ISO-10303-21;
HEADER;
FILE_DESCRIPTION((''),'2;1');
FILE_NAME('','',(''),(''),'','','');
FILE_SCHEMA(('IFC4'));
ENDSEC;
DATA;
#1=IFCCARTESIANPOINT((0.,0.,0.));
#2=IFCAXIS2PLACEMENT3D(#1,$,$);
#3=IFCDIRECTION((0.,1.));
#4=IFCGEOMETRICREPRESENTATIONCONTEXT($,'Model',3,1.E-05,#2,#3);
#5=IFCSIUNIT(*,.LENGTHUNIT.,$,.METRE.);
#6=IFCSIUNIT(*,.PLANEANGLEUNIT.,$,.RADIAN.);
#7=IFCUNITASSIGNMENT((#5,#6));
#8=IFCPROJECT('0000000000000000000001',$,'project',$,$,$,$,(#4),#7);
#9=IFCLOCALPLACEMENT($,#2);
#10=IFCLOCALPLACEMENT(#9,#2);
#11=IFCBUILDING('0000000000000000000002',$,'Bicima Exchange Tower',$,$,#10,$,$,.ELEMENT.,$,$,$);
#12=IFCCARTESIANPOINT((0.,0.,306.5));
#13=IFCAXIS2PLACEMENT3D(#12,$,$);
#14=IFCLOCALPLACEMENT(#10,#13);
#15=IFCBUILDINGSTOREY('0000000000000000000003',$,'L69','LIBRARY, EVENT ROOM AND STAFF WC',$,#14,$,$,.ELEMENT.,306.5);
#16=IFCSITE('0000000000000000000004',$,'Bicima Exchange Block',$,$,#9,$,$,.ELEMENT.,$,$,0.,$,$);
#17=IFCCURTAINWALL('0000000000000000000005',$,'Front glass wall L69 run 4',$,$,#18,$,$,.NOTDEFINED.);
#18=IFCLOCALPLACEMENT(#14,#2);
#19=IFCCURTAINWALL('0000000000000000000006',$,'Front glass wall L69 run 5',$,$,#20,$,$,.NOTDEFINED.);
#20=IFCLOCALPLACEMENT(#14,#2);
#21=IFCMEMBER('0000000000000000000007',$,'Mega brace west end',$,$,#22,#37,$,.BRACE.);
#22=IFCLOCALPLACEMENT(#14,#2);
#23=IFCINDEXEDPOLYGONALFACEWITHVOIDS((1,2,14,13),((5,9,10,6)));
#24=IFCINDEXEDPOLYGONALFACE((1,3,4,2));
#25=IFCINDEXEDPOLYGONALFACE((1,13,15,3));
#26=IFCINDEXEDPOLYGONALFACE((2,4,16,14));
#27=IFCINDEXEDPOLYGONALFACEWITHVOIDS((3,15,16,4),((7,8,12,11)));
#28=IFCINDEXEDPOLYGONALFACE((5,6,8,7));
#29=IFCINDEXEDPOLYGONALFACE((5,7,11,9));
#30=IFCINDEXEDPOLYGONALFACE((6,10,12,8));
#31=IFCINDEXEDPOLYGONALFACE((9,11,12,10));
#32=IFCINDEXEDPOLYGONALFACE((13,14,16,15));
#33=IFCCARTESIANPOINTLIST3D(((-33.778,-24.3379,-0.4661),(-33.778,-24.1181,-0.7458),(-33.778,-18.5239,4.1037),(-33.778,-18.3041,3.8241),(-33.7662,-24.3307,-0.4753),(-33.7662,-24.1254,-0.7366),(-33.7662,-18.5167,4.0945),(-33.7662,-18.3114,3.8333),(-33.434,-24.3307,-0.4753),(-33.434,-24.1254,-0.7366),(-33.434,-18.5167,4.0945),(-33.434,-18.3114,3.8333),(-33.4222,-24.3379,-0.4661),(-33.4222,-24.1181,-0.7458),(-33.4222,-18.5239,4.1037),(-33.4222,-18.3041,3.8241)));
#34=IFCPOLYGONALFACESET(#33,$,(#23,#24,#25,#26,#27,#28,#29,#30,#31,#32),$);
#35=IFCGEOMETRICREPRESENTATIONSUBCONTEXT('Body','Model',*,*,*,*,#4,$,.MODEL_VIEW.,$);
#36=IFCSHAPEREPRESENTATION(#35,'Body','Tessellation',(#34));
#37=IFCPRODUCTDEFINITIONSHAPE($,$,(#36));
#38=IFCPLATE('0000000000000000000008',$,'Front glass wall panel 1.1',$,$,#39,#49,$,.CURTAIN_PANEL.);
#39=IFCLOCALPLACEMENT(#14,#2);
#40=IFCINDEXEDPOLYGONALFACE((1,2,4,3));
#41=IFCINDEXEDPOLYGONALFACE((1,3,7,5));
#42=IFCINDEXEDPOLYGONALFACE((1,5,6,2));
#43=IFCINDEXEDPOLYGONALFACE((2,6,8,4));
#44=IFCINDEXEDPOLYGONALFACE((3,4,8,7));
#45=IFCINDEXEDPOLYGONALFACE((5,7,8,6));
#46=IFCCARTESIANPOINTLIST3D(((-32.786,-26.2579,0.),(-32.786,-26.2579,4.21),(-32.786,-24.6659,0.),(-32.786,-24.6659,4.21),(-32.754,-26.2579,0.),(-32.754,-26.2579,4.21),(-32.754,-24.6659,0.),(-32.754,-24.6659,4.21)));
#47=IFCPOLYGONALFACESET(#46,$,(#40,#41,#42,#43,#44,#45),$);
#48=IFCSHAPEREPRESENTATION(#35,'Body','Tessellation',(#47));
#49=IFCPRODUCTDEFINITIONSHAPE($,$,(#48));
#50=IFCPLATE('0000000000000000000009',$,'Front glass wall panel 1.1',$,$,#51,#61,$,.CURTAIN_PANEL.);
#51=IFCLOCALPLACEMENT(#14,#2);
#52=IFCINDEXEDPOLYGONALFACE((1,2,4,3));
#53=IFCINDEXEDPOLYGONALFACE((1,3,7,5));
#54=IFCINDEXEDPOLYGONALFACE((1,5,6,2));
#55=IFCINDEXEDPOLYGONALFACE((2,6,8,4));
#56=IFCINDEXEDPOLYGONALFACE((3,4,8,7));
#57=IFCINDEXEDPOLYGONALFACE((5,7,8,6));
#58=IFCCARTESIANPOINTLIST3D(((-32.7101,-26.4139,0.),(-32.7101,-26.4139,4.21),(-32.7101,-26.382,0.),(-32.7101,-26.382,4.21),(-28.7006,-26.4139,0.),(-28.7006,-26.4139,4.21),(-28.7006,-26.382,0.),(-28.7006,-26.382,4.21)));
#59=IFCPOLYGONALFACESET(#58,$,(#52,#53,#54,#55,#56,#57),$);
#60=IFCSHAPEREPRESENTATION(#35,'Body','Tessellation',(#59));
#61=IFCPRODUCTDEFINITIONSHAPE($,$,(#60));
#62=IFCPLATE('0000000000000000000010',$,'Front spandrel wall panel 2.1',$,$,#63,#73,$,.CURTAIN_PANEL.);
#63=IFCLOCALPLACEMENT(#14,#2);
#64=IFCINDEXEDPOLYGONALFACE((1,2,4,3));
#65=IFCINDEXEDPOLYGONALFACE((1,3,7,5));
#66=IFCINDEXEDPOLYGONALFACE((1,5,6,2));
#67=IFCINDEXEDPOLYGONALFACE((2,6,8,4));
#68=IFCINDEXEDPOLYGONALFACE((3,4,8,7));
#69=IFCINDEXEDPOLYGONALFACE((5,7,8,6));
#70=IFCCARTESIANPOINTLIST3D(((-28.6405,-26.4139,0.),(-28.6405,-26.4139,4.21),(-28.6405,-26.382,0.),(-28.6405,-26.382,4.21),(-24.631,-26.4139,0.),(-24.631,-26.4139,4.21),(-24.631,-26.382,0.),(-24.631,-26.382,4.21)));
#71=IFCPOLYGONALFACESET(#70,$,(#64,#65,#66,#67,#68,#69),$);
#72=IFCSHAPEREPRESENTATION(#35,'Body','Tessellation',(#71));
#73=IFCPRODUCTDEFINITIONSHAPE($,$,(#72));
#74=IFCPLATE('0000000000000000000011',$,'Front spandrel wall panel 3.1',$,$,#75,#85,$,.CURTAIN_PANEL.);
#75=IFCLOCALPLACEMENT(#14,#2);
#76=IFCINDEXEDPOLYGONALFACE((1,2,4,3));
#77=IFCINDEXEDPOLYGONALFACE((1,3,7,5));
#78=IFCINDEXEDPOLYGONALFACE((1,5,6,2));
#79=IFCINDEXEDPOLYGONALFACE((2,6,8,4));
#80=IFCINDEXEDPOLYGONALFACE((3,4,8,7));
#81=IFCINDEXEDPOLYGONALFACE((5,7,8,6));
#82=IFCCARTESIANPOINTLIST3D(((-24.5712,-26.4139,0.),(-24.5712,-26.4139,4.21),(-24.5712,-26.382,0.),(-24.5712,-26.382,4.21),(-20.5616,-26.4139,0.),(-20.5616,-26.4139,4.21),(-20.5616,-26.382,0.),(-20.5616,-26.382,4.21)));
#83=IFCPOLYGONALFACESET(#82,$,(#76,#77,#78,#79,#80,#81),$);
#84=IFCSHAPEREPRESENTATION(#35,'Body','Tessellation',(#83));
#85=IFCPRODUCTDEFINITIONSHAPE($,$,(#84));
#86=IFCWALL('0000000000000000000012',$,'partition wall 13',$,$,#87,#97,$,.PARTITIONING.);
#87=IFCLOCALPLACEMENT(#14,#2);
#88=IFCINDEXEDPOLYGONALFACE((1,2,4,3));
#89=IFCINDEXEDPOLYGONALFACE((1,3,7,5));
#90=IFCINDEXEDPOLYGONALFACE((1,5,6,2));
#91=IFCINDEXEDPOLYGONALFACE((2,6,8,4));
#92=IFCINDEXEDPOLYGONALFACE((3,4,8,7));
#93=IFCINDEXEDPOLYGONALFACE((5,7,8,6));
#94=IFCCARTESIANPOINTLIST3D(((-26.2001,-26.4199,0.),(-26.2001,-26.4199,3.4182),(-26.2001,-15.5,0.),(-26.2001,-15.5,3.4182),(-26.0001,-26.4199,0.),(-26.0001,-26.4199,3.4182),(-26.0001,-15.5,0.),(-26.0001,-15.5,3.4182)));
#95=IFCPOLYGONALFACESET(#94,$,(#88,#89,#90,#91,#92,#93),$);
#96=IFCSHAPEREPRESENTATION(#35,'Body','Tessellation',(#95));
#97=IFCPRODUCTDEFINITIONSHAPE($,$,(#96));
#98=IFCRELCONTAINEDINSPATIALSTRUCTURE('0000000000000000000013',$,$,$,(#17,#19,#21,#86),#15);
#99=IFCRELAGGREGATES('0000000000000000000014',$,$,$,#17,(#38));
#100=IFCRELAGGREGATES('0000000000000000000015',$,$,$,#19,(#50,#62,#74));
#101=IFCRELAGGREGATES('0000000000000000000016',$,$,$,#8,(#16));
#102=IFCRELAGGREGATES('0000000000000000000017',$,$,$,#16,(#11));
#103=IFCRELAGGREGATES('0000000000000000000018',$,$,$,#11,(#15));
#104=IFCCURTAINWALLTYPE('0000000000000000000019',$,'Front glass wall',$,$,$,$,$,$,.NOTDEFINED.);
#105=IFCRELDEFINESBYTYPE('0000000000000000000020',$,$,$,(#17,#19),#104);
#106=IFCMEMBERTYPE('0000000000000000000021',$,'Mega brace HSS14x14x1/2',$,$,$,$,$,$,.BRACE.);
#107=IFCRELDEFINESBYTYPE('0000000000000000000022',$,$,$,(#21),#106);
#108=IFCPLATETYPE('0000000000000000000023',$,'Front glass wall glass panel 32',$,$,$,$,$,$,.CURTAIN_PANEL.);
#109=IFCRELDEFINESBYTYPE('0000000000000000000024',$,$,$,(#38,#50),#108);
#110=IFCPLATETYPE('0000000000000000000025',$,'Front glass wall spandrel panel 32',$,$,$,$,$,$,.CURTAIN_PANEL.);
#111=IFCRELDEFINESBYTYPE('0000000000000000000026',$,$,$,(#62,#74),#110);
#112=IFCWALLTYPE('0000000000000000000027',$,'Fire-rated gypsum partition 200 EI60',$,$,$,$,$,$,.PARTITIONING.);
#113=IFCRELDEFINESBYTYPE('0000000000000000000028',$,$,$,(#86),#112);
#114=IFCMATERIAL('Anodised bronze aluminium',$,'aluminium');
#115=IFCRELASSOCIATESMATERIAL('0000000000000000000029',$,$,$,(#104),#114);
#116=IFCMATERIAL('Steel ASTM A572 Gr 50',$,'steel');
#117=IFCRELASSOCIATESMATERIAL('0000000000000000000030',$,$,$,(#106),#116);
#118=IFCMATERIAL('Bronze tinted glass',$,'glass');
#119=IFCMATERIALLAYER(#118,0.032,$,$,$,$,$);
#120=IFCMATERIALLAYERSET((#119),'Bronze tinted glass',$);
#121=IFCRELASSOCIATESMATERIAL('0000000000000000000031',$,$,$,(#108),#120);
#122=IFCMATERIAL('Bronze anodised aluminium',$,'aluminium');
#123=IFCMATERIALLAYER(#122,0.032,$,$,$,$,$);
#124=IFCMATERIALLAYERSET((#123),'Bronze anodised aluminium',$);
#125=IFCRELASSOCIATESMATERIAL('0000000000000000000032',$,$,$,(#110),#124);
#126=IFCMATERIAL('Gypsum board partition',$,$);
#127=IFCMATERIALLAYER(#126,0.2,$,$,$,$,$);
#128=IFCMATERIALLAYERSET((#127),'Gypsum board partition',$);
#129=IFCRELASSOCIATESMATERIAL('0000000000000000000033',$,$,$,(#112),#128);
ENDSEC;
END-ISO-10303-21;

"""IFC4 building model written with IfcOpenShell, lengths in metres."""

from ifc_helpers import new_model, si_unit, direction, frame, frame_2d, origin, origin_2d, place, context, subcontext, project, spatial, rectangle, hollow_rectangle, extrude, material, layer, layer_set, material_profile, profile_set, type_object, element, aggregate, save


model = new_model("IFC4")

# Units and contexts
model_context = context("Model", 3, precision=1e-05, world=origin(), true_north=direction((0.0, 1.0)))
body_context = subcontext(model_context, "Body", "Model", "MODEL_VIEW")
ifc_project = project(units=[si_unit("LENGTHUNIT", "METRE"), si_unit("PLANEANGLEUNIT", "RADIAN")], contexts=[model_context])

# Site, building, storey
site_placement = place(None, origin())
site = spatial("IfcSite", under=ifc_project, at=site_placement, Name="Bicima Exchange Block", CompositionType="ELEMENT", RefElevation=0.0)
building_placement = place(site_placement, origin())
building = spatial("IfcBuilding", under=site, at=building_placement, Name="Bicima Exchange Tower", CompositionType="ELEMENT")
storey_placement = place(building_placement, frame((0.0, 0.0, 306.5)))
storey = spatial("IfcBuildingStorey", under=building, at=storey_placement, Name="L69", Description="LIBRARY, EVENT ROOM AND STAFF WC", CompositionType="ELEMENT", Elevation=306.5)

# Shared definitions
ifc_material_1 = material(Name="Steel ASTM A572 Gr 50", Category="steel")

# Curtain walls
ifc_material_2 = material(Name="Anodised bronze aluminium", Category="aluminium")
curtain_wall_type = type_object("IfcCurtainWallType", Name="Front glass wall", PredefinedType="NOTDEFINED", material=ifc_material_2)
curtain_wall_1_placement = place(storey_placement, origin())
curtain_wall_1 = element("IfcCurtainWall", 1, at=curtain_wall_1_placement, inside=storey, type_object=curtain_wall_type, Name="Front glass wall L69 run 4", PredefinedType="NOTDEFINED")
curtain_wall_2_placement = place(storey_placement, origin())
curtain_wall_2 = element("IfcCurtainWall", 2, at=curtain_wall_2_placement, inside=storey, type_object=curtain_wall_type, Name="Front glass wall L69 run 5", PredefinedType="NOTDEFINED")

# Member
ifc_material_profile_1 = material_profile(ifc_material_1, hollow_rectangle(XDim=0.3557, YDim=0.3557, WallThickness=0.0117, at=origin_2d()))
ifc_profile_set_1 = profile_set([ifc_material_profile_1], Name="Steel ASTM A572 Gr 50")
member_type_1 = type_object("IfcMemberType", Name="Mega brace HSS14x14x1/2", PredefinedType="BRACE", material=ifc_profile_set_1)
member_1_placement = place(storey_placement, frame((-33.6001, -24.228, -0.606), z_axis=(0.0, 0.786206, 0.617964), x_axis=(-1.0, 0.0, 0.0)))
element("IfcMember", 3, at=member_1_placement, inside=storey, type_object=member_type_1, Name="Mega brace west end", PredefinedType="BRACE", context=body_context, shape_type="SweptSolid", body=[
    extrude(hollow_rectangle(XDim=0.3557, YDim=0.3557, WallThickness=0.0117, at=origin_2d()), origin(), (0.0, 0.0, 1.0), 7.395),
])

# Plates
ifc_material_3 = material(Name="Bronze tinted glass", Category="glass")
ifc_layer_1 = layer(ifc_material_3, 0.032)
ifc_layer_set_1 = layer_set([ifc_layer_1], Name="Bronze tinted glass")
plate_type_1 = type_object("IfcPlateType", Name="Front glass wall glass panel 32", PredefinedType="CURTAIN_PANEL", material=ifc_layer_set_1)
plate_1_placement = place(storey_placement, frame((-32.77, -25.4619, 0.0), z_axis=(0.0, 0.0, 1.0), x_axis=(0.0, -1.0, 0.0)))
plate_1 = element("IfcPlate", 4, at=plate_1_placement, type_object=plate_type_1, Name="Front glass wall panel 1.1", PredefinedType="CURTAIN_PANEL", context=body_context, shape_type="SweptSolid", body=[
    extrude(rectangle(XDim=1.592, YDim=0.032, at=origin_2d()), origin(), (0.0, 0.0, 1.0), 4.21),
])
aggregate(curtain_wall_1, [plate_1])
plate_2_placement = place(storey_placement, frame((-30.7053, -26.3979, 0.0), z_axis=(0.0, 0.0, 1.0), x_axis=(1.0, 0.0, 0.0)))
plate_2 = element("IfcPlate", 5, at=plate_2_placement, type_object=plate_type_1, Name="Front glass wall panel 1.1", PredefinedType="CURTAIN_PANEL", context=body_context, shape_type="SweptSolid", body=[
    extrude(rectangle(XDim=4.0095, YDim=0.032, at=origin_2d()), origin(), (0.0, 0.0, 1.0), 4.21),
])
ifc_material_4 = material(Name="Bronze anodised aluminium", Category="aluminium")
ifc_layer_2 = layer(ifc_material_4, 0.032)
ifc_layer_set_2 = layer_set([ifc_layer_2], Name="Bronze anodised aluminium")
plate_type_2 = type_object("IfcPlateType", Name="Front glass wall spandrel panel 32", PredefinedType="CURTAIN_PANEL", material=ifc_layer_set_2)
plate_3_placement = place(storey_placement, frame((-26.6357, -26.3979, 0.0), z_axis=(0.0, 0.0, 1.0), x_axis=(1.0, 0.0, 0.0)))
plate_3 = element("IfcPlate", 6, at=plate_3_placement, type_object=plate_type_2, Name="Front spandrel wall panel 2.1", PredefinedType="CURTAIN_PANEL", context=body_context, shape_type="SweptSolid", body=[
    extrude(rectangle(XDim=4.0095, YDim=0.032, at=origin_2d()), origin(), (0.0, 0.0, 1.0), 4.21),
])
plate_4_placement = place(storey_placement, frame((-22.5664, -26.3979, 0.0), z_axis=(0.0, 0.0, 1.0), x_axis=(1.0, 0.0, 0.0)))
plate_4 = element("IfcPlate", 7, at=plate_4_placement, type_object=plate_type_2, Name="Front spandrel wall panel 3.1", PredefinedType="CURTAIN_PANEL", context=body_context, shape_type="SweptSolid", body=[
    extrude(rectangle(XDim=4.0095, YDim=0.032, at=origin_2d()), origin(), (0.0, 0.0, 1.0), 4.21),
])
aggregate(curtain_wall_2, [plate_2, plate_3, plate_4])

# Wall
ifc_material_5 = material(Name="Gypsum board partition")
ifc_layer_3 = layer(ifc_material_5, 0.2)
ifc_layer_set_3 = layer_set([ifc_layer_3], Name="Gypsum board partition")
wall_type = type_object("IfcWallType", Name="Fire-rated gypsum partition 200 EI60", PredefinedType="PARTITIONING", material=ifc_layer_set_3)
wall_placement = place(storey_placement, frame((-26.1001, -26.4199, 0.0), z_axis=(0.0, 0.0, 1.0), x_axis=(0.0, 1.0, 0.0)))
element("IfcWall", 8, at=wall_placement, inside=storey, type_object=wall_type, Name="partition wall 13", PredefinedType="PARTITIONING", context=body_context, shape_type="SweptSolid", body=[
    extrude(rectangle(XDim=10.9199, YDim=0.2, at=frame_2d((5.46, 0.0))), origin(), (0.0, 0.0, 1.0), 3.4182),
])

save(model, "model.ifc")
